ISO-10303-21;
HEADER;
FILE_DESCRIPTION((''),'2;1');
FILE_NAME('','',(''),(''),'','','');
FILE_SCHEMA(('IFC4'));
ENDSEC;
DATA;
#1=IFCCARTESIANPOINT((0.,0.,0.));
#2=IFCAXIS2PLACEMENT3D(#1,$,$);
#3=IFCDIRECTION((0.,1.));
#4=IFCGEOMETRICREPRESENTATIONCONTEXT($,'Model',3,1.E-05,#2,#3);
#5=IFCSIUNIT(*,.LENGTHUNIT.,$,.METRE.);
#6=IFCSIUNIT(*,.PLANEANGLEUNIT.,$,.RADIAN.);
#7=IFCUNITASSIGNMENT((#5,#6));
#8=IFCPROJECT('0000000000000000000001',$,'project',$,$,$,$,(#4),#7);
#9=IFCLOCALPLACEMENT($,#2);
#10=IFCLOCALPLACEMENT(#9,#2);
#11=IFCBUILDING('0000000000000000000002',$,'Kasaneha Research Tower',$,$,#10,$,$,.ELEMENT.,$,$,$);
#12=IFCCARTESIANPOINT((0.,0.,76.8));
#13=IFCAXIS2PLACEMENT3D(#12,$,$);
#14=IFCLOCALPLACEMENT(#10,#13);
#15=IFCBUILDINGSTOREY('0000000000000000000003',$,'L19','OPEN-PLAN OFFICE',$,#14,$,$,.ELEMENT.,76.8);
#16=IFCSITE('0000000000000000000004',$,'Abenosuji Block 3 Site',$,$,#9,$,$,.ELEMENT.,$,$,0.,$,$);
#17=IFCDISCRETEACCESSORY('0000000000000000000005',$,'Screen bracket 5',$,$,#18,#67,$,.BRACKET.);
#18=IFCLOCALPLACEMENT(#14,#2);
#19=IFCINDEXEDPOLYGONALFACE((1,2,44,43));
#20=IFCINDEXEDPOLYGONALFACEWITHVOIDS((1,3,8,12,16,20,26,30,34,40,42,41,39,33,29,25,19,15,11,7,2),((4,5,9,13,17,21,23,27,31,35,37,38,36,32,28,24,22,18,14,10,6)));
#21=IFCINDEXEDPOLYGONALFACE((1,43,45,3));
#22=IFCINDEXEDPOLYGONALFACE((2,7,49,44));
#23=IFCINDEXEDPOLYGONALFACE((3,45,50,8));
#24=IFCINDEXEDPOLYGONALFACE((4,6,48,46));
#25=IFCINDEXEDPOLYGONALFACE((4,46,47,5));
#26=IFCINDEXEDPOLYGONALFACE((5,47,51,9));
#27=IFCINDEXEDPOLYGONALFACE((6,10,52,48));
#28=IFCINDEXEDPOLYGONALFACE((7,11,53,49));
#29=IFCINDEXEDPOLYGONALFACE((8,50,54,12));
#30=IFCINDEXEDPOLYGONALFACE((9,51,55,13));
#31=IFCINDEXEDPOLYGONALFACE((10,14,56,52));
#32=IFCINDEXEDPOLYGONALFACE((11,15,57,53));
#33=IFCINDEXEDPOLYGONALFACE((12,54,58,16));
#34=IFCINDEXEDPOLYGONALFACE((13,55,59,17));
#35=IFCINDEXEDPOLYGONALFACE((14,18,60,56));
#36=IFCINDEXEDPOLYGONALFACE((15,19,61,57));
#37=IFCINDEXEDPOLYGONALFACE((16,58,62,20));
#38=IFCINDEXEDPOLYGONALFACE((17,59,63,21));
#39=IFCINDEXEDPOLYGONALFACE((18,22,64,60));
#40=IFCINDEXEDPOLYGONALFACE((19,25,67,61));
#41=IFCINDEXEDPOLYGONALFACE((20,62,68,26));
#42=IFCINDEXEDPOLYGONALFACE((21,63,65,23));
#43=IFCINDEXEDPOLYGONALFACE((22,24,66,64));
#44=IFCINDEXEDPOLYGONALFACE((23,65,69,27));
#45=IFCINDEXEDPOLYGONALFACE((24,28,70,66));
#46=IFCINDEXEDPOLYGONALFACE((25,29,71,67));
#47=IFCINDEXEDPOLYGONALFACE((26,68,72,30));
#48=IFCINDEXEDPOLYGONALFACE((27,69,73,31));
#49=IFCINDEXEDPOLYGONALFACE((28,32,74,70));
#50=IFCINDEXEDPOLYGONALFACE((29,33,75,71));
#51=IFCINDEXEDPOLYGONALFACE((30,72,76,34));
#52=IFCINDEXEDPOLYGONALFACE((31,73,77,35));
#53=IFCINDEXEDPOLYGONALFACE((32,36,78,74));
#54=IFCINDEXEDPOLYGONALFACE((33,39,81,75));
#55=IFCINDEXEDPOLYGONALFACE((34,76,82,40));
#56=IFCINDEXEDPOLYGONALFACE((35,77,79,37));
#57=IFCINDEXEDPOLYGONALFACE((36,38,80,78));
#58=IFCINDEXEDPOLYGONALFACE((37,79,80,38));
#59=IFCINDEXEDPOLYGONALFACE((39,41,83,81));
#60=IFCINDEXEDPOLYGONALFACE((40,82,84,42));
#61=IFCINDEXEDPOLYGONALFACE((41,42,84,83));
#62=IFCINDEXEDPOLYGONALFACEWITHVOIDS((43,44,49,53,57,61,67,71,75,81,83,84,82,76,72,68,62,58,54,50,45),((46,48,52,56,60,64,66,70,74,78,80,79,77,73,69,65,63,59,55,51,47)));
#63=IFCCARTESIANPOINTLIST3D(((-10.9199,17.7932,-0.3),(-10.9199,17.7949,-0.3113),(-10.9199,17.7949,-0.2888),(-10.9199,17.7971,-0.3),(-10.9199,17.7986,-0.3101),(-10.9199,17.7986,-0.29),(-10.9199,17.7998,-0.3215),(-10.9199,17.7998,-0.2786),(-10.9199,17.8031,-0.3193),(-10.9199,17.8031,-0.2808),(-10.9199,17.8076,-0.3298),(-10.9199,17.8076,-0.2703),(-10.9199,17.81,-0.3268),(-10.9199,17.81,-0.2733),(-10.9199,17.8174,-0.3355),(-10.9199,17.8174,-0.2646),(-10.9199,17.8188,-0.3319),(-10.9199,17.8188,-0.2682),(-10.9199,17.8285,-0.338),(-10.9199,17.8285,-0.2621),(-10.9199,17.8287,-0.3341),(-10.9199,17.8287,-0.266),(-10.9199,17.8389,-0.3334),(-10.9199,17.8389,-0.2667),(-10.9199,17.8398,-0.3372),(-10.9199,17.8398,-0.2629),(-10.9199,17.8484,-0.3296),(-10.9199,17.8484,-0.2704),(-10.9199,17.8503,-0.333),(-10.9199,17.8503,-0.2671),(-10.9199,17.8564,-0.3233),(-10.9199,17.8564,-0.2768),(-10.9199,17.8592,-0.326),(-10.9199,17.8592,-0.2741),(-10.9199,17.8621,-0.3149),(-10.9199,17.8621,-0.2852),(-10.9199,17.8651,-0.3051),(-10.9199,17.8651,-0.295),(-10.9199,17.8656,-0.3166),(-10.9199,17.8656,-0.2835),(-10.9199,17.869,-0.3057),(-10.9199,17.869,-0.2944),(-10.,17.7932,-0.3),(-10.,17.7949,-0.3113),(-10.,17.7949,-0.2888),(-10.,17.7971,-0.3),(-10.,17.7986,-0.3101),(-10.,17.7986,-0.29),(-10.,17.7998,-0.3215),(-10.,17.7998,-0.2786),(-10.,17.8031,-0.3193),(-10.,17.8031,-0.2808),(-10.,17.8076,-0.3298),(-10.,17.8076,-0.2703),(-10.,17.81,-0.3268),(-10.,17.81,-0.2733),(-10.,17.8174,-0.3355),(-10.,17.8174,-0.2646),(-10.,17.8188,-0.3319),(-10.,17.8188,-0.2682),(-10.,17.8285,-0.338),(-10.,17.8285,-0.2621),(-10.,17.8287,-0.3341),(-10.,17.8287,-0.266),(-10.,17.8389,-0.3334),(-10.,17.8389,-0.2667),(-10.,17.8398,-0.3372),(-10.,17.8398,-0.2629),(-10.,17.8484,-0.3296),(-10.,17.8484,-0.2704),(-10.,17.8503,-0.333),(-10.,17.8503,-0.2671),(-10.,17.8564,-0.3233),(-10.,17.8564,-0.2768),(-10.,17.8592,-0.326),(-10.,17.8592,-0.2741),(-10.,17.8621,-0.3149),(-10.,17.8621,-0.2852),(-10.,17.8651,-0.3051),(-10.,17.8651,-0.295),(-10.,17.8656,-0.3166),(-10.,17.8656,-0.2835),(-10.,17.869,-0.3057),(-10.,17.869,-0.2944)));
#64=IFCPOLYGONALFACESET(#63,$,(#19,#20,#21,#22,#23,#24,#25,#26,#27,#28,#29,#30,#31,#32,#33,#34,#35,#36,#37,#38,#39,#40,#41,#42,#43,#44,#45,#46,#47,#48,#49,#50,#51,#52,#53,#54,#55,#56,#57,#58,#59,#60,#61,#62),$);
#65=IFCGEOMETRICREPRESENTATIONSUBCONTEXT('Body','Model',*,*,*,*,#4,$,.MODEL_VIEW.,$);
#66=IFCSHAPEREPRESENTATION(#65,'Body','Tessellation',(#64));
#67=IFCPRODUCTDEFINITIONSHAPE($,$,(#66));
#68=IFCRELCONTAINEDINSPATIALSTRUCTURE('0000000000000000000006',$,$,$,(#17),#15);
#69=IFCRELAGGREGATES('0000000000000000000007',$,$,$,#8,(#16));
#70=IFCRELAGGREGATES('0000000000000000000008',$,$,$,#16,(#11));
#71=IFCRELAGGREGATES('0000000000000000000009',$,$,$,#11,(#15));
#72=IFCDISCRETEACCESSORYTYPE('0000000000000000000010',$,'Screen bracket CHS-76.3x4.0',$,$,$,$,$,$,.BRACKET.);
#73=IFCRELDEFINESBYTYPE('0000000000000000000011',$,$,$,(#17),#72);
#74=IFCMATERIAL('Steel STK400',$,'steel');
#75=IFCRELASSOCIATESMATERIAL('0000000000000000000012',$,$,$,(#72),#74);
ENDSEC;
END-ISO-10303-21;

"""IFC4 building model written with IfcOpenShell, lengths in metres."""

from ifc_helpers import new_model, si_unit, direction, frame, origin, origin_2d, place, context, subcontext, project, spatial, hollow_circle, extrude, material, material_profile, profile_set, type_object, element, save


model = new_model("IFC4")

# Units and contexts
model_context = context("Model", 3, precision=1e-05, world=origin(), true_north=direction((0.0, 1.0)))
body_context = subcontext(model_context, "Body", "Model", "MODEL_VIEW")
ifc_project = project(units=[si_unit("LENGTHUNIT", "METRE"), si_unit("PLANEANGLEUNIT", "RADIAN")], contexts=[model_context])

# Site, building, storey
site_placement = place(None, origin())
site = spatial("IfcSite", under=ifc_project, at=site_placement, Name="Abenosuji Block 3 Site", CompositionType="ELEMENT", RefElevation=0.0)
building_placement = place(site_placement, origin())
building = spatial("IfcBuilding", under=site, at=building_placement, Name="Kasaneha Research Tower", CompositionType="ELEMENT")
storey_placement = place(building_placement, frame((0.0, 0.0, 76.8)))
storey = spatial("IfcBuildingStorey", under=building, at=storey_placement, Name="L19", Description="OPEN-PLAN OFFICE", CompositionType="ELEMENT", Elevation=76.8)

# Discrete accessory
ifc_material_1 = material(Name="Steel STK400", Category="steel")
ifc_material_profile_1 = material_profile(ifc_material_1, hollow_circle(Radius=0.0381, WallThickness=0.0039, at=origin_2d()), Name="CHS-76.3x4.0")
ifc_profile_set_1 = profile_set([ifc_material_profile_1], Name="Steel STK400")
discrete_accessory_type = type_object("IfcDiscreteAccessoryType", Name="Screen bracket CHS-76.3x4.0", PredefinedType="BRACKET", material=ifc_profile_set_1)
for number, where, z_axis, x_axis, name in (
    (1, (-10.0, 17.8313, -0.3), (-1.0, 0.0, 0.0), (0.0, -1.0, 0.0), "Screen bracket 5"),
):
    element("IfcDiscreteAccessory", number, at=place(storey_placement, frame(where, z_axis=z_axis, x_axis=x_axis)), inside=storey, type_object=discrete_accessory_type, Name=name, PredefinedType="BRACKET", context=body_context, shape_type="SweptSolid", body=[
        extrude(hollow_circle(Radius=0.0381, WallThickness=0.0039, at=origin_2d()), origin(), (0.0, 0.0, 1.0), 0.9199),
    ])

save(model, "model.ifc")
